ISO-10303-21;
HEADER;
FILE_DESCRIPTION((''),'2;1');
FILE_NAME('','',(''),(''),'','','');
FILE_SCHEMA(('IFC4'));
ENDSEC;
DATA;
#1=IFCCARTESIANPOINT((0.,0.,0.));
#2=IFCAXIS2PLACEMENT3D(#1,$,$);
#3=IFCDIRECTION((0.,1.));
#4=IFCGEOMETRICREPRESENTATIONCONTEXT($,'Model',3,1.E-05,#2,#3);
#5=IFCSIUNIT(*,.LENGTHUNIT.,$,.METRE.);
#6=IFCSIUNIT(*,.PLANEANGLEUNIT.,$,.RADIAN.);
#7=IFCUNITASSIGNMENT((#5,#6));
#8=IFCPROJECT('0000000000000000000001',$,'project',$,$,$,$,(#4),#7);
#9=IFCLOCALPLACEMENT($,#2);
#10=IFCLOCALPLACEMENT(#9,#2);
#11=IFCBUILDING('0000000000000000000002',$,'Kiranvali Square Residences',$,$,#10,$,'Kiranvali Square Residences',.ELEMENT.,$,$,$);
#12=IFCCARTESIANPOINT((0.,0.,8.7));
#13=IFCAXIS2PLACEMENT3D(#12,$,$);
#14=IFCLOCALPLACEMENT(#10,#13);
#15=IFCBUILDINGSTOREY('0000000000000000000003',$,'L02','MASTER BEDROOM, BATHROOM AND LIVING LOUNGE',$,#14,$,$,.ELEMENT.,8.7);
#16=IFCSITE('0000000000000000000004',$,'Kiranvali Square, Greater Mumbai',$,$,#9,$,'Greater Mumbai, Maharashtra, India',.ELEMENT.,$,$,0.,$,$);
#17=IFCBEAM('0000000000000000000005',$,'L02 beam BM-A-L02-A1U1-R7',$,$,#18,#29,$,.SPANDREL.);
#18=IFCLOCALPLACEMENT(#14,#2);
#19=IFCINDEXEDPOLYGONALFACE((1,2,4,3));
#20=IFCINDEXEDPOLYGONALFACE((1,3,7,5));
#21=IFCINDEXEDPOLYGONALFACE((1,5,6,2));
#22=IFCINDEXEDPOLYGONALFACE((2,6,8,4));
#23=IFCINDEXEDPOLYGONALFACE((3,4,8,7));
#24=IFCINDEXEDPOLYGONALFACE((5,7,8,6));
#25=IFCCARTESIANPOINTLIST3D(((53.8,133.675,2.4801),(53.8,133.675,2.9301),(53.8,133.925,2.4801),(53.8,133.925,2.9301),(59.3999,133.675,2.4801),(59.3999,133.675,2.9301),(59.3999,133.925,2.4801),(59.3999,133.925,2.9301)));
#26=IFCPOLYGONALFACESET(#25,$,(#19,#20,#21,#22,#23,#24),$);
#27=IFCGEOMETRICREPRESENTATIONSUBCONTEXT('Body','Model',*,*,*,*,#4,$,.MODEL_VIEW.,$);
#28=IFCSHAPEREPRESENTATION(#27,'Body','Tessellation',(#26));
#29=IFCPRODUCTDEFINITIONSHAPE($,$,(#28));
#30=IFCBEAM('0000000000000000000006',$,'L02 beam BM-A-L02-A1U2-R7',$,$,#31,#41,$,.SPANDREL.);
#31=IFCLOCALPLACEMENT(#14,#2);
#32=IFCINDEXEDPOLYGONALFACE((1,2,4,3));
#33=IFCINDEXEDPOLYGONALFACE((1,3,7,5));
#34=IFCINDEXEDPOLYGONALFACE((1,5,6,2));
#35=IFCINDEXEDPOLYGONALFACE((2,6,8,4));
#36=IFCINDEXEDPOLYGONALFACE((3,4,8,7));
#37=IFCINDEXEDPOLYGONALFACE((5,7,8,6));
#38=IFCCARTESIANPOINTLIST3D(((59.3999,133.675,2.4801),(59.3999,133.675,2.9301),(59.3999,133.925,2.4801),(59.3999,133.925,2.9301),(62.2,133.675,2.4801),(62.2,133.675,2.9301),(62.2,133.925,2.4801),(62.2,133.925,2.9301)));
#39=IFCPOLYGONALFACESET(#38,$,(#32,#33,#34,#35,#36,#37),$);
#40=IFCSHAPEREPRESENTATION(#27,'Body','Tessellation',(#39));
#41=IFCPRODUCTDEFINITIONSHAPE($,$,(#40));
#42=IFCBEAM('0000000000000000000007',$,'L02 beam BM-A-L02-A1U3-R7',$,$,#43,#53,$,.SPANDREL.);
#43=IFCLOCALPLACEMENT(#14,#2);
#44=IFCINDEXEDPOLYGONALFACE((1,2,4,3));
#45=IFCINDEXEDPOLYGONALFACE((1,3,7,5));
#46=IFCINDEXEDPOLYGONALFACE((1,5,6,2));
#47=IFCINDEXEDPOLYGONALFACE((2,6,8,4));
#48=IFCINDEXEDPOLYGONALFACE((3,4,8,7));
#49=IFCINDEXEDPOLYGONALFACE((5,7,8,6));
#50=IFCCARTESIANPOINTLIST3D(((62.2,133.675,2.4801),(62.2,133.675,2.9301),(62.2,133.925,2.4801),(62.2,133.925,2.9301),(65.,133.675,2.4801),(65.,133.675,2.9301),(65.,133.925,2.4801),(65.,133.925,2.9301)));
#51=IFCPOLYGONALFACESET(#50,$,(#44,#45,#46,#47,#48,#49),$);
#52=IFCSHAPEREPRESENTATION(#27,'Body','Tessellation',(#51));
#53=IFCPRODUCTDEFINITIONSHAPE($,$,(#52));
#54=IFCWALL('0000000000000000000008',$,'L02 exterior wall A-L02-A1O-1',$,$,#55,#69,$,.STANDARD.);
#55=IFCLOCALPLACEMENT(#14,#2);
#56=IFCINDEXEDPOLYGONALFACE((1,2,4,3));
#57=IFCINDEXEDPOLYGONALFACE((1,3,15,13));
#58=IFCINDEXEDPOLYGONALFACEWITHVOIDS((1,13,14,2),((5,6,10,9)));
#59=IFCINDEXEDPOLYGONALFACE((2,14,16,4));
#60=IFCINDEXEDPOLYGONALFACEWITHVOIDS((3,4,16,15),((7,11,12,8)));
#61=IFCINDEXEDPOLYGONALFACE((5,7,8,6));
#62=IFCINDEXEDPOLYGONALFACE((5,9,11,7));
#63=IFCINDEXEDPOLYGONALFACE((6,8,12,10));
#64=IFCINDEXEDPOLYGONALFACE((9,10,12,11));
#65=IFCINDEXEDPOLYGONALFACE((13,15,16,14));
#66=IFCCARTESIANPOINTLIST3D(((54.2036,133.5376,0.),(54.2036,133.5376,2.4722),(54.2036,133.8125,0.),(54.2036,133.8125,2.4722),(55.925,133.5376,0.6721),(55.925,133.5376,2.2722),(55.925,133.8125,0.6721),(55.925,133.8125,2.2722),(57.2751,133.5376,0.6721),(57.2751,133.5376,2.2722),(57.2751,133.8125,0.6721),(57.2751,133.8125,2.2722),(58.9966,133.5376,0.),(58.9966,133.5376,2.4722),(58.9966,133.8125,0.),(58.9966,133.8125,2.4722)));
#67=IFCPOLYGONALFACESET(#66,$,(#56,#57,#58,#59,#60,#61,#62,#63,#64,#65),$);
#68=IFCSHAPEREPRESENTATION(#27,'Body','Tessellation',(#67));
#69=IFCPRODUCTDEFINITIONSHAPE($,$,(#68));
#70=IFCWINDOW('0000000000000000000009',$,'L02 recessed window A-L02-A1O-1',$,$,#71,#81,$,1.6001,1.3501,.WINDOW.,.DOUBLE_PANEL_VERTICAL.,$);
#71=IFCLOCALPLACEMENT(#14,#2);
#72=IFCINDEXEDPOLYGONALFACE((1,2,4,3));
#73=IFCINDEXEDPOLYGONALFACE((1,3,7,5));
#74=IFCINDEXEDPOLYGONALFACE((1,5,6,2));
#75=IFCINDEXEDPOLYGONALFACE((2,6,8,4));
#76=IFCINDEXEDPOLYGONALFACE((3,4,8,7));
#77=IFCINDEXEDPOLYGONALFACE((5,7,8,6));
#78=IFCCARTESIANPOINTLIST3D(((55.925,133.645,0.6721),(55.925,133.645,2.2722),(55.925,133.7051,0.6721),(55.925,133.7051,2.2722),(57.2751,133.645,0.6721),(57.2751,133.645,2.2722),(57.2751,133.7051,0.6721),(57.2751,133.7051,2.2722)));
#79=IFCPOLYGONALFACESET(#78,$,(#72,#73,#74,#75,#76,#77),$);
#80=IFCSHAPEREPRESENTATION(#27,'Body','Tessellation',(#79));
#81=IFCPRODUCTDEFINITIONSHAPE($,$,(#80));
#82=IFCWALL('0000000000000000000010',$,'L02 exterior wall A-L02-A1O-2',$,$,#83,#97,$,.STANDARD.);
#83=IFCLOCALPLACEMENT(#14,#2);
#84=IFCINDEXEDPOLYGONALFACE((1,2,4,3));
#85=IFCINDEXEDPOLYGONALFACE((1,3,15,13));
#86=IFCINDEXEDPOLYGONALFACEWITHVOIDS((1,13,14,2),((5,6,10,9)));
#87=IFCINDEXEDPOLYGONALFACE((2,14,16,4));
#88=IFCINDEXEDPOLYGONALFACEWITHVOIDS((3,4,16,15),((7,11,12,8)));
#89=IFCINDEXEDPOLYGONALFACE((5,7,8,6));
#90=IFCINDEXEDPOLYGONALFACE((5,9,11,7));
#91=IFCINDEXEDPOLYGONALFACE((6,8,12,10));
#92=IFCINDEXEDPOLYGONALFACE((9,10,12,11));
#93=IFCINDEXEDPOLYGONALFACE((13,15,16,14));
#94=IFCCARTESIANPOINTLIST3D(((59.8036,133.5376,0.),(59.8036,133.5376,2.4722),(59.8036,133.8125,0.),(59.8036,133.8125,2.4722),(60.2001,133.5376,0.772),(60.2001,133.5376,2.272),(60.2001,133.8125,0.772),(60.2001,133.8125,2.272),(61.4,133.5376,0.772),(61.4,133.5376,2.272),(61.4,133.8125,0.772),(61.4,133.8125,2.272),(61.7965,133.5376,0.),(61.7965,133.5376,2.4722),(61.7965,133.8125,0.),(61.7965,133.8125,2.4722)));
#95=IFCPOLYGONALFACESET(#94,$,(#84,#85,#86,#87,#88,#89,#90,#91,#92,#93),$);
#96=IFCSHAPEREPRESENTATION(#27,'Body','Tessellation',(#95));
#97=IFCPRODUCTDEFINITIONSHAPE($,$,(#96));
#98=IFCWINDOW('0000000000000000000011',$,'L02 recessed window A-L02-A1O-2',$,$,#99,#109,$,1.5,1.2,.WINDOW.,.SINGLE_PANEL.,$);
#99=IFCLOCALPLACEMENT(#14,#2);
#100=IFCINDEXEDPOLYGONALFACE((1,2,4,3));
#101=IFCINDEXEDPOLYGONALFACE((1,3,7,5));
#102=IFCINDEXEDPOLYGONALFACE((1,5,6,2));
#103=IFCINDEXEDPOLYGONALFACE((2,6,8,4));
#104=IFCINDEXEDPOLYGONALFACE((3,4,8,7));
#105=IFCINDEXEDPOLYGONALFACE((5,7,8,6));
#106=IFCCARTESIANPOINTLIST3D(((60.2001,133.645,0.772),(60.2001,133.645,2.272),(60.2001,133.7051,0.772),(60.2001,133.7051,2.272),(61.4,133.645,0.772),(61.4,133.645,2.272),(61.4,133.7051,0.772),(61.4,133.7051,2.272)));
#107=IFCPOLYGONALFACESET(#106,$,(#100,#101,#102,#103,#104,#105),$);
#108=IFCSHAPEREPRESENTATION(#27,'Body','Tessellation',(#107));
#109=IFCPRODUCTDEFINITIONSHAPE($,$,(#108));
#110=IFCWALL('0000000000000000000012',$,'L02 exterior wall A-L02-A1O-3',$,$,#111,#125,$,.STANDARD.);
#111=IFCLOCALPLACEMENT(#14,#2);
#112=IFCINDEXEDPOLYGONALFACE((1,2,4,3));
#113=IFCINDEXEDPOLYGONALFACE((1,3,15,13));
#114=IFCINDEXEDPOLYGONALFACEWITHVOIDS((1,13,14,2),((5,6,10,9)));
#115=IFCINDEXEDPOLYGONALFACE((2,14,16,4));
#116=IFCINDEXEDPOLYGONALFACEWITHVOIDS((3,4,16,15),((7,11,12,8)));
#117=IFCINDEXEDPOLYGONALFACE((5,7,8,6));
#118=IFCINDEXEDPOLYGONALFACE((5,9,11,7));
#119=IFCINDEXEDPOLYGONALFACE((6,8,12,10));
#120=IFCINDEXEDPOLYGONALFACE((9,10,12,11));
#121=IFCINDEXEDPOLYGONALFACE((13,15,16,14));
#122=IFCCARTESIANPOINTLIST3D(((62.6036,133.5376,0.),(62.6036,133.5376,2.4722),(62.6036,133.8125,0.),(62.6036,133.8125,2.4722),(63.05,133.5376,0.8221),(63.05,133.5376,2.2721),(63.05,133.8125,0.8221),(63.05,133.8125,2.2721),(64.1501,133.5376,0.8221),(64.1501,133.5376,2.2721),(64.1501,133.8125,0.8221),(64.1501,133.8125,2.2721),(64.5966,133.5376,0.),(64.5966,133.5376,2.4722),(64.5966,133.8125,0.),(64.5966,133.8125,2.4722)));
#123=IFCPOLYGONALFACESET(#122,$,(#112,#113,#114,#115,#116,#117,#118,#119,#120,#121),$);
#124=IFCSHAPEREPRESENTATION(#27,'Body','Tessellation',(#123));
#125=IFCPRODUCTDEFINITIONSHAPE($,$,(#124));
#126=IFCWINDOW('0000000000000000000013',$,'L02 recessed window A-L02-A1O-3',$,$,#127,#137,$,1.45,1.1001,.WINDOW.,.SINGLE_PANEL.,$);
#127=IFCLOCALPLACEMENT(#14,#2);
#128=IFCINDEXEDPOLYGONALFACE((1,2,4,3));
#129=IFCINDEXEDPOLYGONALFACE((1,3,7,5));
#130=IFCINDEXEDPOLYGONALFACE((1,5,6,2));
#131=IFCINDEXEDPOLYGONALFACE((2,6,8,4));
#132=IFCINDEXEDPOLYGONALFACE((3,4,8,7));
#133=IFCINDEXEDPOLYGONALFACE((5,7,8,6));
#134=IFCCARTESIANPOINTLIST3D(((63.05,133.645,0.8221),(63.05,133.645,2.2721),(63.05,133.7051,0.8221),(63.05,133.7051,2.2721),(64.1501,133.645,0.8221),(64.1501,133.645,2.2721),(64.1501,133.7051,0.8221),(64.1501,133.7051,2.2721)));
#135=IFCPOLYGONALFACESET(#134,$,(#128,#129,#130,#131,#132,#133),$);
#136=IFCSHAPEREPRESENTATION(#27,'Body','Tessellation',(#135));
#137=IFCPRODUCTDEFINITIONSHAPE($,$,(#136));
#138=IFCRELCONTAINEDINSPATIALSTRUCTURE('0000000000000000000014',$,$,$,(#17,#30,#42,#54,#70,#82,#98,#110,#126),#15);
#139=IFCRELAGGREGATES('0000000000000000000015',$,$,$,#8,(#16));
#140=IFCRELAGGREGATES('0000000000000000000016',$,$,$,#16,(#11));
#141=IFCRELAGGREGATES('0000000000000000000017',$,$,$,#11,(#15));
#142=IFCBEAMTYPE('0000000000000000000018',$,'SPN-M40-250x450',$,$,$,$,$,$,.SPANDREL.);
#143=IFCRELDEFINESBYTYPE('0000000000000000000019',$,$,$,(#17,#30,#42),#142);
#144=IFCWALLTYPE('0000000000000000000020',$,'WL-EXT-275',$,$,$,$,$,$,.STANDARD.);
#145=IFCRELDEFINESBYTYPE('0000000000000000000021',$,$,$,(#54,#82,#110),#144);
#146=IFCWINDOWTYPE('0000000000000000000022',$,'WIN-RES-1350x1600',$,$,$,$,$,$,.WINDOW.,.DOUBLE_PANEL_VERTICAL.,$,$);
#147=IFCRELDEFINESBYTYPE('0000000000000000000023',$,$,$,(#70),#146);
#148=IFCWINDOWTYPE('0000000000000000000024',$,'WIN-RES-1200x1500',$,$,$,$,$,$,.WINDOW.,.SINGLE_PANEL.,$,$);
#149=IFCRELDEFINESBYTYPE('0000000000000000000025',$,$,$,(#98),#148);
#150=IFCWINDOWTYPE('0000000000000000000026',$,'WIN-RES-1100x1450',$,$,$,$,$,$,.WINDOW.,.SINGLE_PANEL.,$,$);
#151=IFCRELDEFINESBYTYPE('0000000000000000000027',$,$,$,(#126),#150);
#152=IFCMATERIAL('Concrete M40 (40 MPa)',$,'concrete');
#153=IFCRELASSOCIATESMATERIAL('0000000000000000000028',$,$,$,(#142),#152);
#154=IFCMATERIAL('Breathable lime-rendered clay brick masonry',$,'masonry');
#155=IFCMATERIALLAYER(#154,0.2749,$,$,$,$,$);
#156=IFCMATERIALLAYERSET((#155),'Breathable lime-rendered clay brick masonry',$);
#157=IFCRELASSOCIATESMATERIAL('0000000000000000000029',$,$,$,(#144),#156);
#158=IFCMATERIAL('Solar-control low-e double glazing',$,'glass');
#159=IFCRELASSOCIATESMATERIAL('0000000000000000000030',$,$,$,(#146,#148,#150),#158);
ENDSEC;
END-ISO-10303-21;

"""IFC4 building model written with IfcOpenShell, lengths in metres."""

from ifc_helpers import new_model, si_unit, direction, frame, frame_2d, origin, origin_2d, place, context, subcontext, project, spatial, rectangle, extrude, material, layer, layer_set, material_profile, profile_set, type_object, element, fill, save


model = new_model("IFC4")

# Units and contexts
model_context = context("Model", 3, precision=1e-05, world=origin(), true_north=direction((0.0, 1.0)))
body_context = subcontext(model_context, "Body", "Model", "MODEL_VIEW")
ifc_project = project(units=[si_unit("LENGTHUNIT", "METRE"), si_unit("PLANEANGLEUNIT", "RADIAN")], contexts=[model_context])

# Site, building, storey
site_placement = place(None, origin())
site = spatial("IfcSite", under=ifc_project, at=site_placement, Name="Kiranvali Square, Greater Mumbai", LongName="Greater Mumbai, Maharashtra, India", CompositionType="ELEMENT", RefElevation=0.0)
building_placement = place(site_placement, origin())
building = spatial("IfcBuilding", under=site, at=building_placement, Name="Kiranvali Square Residences", LongName="Kiranvali Square Residences", CompositionType="ELEMENT")
storey_placement = place(building_placement, frame((0.0, 0.0, 8.7)))
storey = spatial("IfcBuildingStorey", under=building, at=storey_placement, Name="L02", Description="MASTER BEDROOM, BATHROOM AND LIVING LOUNGE", CompositionType="ELEMENT", Elevation=8.7)

# Beams
ifc_material_1 = material(Name="Concrete M40 (40 MPa)", Category="concrete")
ifc_material_profile_1 = material_profile(ifc_material_1, rectangle(XDim=0.25, YDim=0.45, at=origin_2d()), Name="RC 250x450")
ifc_profile_set_1 = profile_set([ifc_material_profile_1], Name="Concrete M40 (40 MPa)")
beam_type_1 = type_object("IfcBeamType", Name="SPN-M40-250x450", PredefinedType="SPANDREL", material=ifc_profile_set_1)
beam_1_placement = place(storey_placement, frame((53.8, 133.8, 2.7051), z_axis=(1.0, 0.0, 0.0), x_axis=(0.0, 1.0, 0.0)))
element("IfcBeam", 1, at=beam_1_placement, inside=storey, type_object=beam_type_1, Name="L02 beam BM-A-L02-A1U1-R7", PredefinedType="SPANDREL", context=body_context, shape_type="SweptSolid", body=[
    extrude(rectangle(XDim=0.25, YDim=0.45, at=origin_2d()), origin(), (0.0, 0.0, 1.0), 5.5999),
])
for number, where, z_axis, x_axis, name in (
    (2, (59.3999, 133.8, 2.7051), (1.0, 0.0, 0.0), (0.0, 1.0, 0.0), "L02 beam BM-A-L02-A1U2-R7"),
    (3, (62.2, 133.8, 2.7051), (1.0, 0.0, 0.0), (0.0, 1.0, 0.0), "L02 beam BM-A-L02-A1U3-R7"),
):
    element("IfcBeam", number, at=place(storey_placement, frame(where, z_axis=z_axis, x_axis=x_axis)), inside=storey, type_object=beam_type_1, Name=name, PredefinedType="SPANDREL", context=body_context, shape_type="SweptSolid", body=[
        extrude(rectangle(XDim=0.25, YDim=0.45, at=origin_2d()), origin(), (0.0, 0.0, 1.0), 2.8),
    ])

# Walls, openings, windows
ifc_material_2 = material(Name="Breathable lime-rendered clay brick masonry", Category="masonry")
ifc_layer = layer(ifc_material_2, 0.2749)
ifc_layer_set = layer_set([ifc_layer], Name="Breathable lime-rendered clay brick masonry")
wall_type = type_object("IfcWallType", Name="WL-EXT-275", PredefinedType="STANDARD", material=ifc_layer_set)
wall_1_placement = place(storey_placement, frame((54.2036, 133.675, 0.0), z_axis=(0.0, 0.0, 1.0), x_axis=(1.0, 0.0, 0.0)))
wall_1 = element("IfcWall", 4, at=wall_1_placement, inside=storey, type_object=wall_type, Name="L02 exterior wall A-L02-A1O-1", PredefinedType="STANDARD", context=body_context, shape_type="SweptSolid", body=[
    extrude(rectangle(XDim=4.793, YDim=0.2749, at=frame_2d((2.3965, 0.0))), origin(), (0.0, 0.0, 1.0), 2.4722),
])
opening_1_placement = place(wall_1_placement, frame((1.7214, 0.0, 0.6721)))
opening_1 = element("IfcOpeningElement", 5, at=opening_1_placement, cuts=wall_1, PredefinedType="OPENING", context=body_context, shape_type="SweptSolid", body=[
    extrude(rectangle(XDim=1.3501, YDim=1.6001, at=frame_2d((0.675, 0.8))), frame((0.0, 0.1475, 0.0), z_axis=(0.0, -1.0, 0.0), x_axis=(1.0, 0.0, 0.0)), (0.0, 0.0, 1.0), 0.2949),
])
ifc_material_3 = material(Name="Solar-control low-e double glazing", Category="glass")
window_type_1 = type_object("IfcWindowType", Name="WIN-RES-1350x1600", PartitioningType="DOUBLE_PANEL_VERTICAL", PredefinedType="WINDOW", material=ifc_material_3)
window_1_placement = place(opening_1_placement, origin())
window_1 = element("IfcWindow", 6, at=window_1_placement, inside=storey, type_object=window_type_1, Name="L02 recessed window A-L02-A1O-1", OverallHeight=1.6001, OverallWidth=1.3501, PartitioningType="DOUBLE_PANEL_VERTICAL", PredefinedType="WINDOW", context=body_context, shape_type="SweptSolid", body=[
    extrude(rectangle(XDim=1.3501, YDim=1.6001, at=frame_2d((0.675, 0.8))), frame((0.0, 0.03, 0.0), z_axis=(0.0, -1.0, 0.0), x_axis=(1.0, 0.0, 0.0)), (0.0, 0.0, 1.0), 0.0601),
])
fill(opening_1, window_1)
wall_2_placement = place(storey_placement, frame((59.8035, 133.675, 0.0), z_axis=(0.0, 0.0, 1.0), x_axis=(1.0, 0.0, 0.0)))
wall_2 = element("IfcWall", 7, at=wall_2_placement, inside=storey, type_object=wall_type, Name="L02 exterior wall A-L02-A1O-2", PredefinedType="STANDARD", context=body_context, shape_type="SweptSolid", body=[
    extrude(rectangle(XDim=1.9929, YDim=0.2749, at=frame_2d((0.9966, 0.0))), origin(), (0.0, 0.0, 1.0), 2.4722),
])
opening_2_placement = place(wall_2_placement, frame((0.3965, 0.0, 0.772)))
opening_2 = element("IfcOpeningElement", 8, at=opening_2_placement, cuts=wall_2, PredefinedType="OPENING", context=body_context, shape_type="SweptSolid", body=[
    extrude(rectangle(XDim=1.2, YDim=1.5, at=frame_2d((0.6001, 0.75))), frame((0.0, 0.1475, 0.0), z_axis=(0.0, -1.0, 0.0), x_axis=(1.0, 0.0, 0.0)), (0.0, 0.0, 1.0), 0.2949),
])
window_type_2 = type_object("IfcWindowType", Name="WIN-RES-1200x1500", PartitioningType="SINGLE_PANEL", PredefinedType="WINDOW", material=ifc_material_3)
window_2_placement = place(opening_2_placement, origin())
window_2 = element("IfcWindow", 9, at=window_2_placement, inside=storey, type_object=window_type_2, Name="L02 recessed window A-L02-A1O-2", OverallHeight=1.5, OverallWidth=1.2, PartitioningType="SINGLE_PANEL", PredefinedType="WINDOW", context=body_context, shape_type="SweptSolid", body=[
    extrude(rectangle(XDim=1.2, YDim=1.5, at=frame_2d((0.6001, 0.75))), frame((0.0, 0.03, 0.0), z_axis=(0.0, -1.0, 0.0), x_axis=(1.0, 0.0, 0.0)), (0.0, 0.0, 1.0), 0.0601),
])
fill(opening_2, window_2)
wall_3_placement = place(storey_placement, frame((62.6035, 133.675, 0.0), z_axis=(0.0, 0.0, 1.0), x_axis=(1.0, 0.0, 0.0)))
wall_3 = element("IfcWall", 10, at=wall_3_placement, inside=storey, type_object=wall_type, Name="L02 exterior wall A-L02-A1O-3", PredefinedType="STANDARD", context=body_context, shape_type="SweptSolid", body=[
    extrude(rectangle(XDim=1.9929, YDim=0.2749, at=frame_2d((0.9966, 0.0))), origin(), (0.0, 0.0, 1.0), 2.4722),
])
opening_3_placement = place(wall_3_placement, frame((0.4465, 0.0, 0.822)))
opening_3 = element("IfcOpeningElement", 11, at=opening_3_placement, cuts=wall_3, PredefinedType="OPENING", context=body_context, shape_type="SweptSolid", body=[
    extrude(rectangle(XDim=1.1001, YDim=1.45, at=frame_2d((0.55, 0.7251))), frame((0.0, 0.1475, 0.0), z_axis=(0.0, -1.0, 0.0), x_axis=(1.0, 0.0, 0.0)), (0.0, 0.0, 1.0), 0.2949),
])
window_type_3 = type_object("IfcWindowType", Name="WIN-RES-1100x1450", PartitioningType="SINGLE_PANEL", PredefinedType="WINDOW", material=ifc_material_3)
window_3_placement = place(opening_3_placement, origin())
window_3 = element("IfcWindow", 12, at=window_3_placement, inside=storey, type_object=window_type_3, Name="L02 recessed window A-L02-A1O-3", OverallHeight=1.45, OverallWidth=1.1001, PartitioningType="SINGLE_PANEL", PredefinedType="WINDOW", context=body_context, shape_type="SweptSolid", body=[
    extrude(rectangle(XDim=1.1001, YDim=1.45, at=frame_2d((0.55, 0.7251))), frame((0.0, 0.03, 0.0), z_axis=(0.0, -1.0, 0.0), x_axis=(1.0, 0.0, 0.0)), (0.0, 0.0, 1.0), 0.0601),
])
fill(opening_3, window_3)

save(model, "model.ifc")
